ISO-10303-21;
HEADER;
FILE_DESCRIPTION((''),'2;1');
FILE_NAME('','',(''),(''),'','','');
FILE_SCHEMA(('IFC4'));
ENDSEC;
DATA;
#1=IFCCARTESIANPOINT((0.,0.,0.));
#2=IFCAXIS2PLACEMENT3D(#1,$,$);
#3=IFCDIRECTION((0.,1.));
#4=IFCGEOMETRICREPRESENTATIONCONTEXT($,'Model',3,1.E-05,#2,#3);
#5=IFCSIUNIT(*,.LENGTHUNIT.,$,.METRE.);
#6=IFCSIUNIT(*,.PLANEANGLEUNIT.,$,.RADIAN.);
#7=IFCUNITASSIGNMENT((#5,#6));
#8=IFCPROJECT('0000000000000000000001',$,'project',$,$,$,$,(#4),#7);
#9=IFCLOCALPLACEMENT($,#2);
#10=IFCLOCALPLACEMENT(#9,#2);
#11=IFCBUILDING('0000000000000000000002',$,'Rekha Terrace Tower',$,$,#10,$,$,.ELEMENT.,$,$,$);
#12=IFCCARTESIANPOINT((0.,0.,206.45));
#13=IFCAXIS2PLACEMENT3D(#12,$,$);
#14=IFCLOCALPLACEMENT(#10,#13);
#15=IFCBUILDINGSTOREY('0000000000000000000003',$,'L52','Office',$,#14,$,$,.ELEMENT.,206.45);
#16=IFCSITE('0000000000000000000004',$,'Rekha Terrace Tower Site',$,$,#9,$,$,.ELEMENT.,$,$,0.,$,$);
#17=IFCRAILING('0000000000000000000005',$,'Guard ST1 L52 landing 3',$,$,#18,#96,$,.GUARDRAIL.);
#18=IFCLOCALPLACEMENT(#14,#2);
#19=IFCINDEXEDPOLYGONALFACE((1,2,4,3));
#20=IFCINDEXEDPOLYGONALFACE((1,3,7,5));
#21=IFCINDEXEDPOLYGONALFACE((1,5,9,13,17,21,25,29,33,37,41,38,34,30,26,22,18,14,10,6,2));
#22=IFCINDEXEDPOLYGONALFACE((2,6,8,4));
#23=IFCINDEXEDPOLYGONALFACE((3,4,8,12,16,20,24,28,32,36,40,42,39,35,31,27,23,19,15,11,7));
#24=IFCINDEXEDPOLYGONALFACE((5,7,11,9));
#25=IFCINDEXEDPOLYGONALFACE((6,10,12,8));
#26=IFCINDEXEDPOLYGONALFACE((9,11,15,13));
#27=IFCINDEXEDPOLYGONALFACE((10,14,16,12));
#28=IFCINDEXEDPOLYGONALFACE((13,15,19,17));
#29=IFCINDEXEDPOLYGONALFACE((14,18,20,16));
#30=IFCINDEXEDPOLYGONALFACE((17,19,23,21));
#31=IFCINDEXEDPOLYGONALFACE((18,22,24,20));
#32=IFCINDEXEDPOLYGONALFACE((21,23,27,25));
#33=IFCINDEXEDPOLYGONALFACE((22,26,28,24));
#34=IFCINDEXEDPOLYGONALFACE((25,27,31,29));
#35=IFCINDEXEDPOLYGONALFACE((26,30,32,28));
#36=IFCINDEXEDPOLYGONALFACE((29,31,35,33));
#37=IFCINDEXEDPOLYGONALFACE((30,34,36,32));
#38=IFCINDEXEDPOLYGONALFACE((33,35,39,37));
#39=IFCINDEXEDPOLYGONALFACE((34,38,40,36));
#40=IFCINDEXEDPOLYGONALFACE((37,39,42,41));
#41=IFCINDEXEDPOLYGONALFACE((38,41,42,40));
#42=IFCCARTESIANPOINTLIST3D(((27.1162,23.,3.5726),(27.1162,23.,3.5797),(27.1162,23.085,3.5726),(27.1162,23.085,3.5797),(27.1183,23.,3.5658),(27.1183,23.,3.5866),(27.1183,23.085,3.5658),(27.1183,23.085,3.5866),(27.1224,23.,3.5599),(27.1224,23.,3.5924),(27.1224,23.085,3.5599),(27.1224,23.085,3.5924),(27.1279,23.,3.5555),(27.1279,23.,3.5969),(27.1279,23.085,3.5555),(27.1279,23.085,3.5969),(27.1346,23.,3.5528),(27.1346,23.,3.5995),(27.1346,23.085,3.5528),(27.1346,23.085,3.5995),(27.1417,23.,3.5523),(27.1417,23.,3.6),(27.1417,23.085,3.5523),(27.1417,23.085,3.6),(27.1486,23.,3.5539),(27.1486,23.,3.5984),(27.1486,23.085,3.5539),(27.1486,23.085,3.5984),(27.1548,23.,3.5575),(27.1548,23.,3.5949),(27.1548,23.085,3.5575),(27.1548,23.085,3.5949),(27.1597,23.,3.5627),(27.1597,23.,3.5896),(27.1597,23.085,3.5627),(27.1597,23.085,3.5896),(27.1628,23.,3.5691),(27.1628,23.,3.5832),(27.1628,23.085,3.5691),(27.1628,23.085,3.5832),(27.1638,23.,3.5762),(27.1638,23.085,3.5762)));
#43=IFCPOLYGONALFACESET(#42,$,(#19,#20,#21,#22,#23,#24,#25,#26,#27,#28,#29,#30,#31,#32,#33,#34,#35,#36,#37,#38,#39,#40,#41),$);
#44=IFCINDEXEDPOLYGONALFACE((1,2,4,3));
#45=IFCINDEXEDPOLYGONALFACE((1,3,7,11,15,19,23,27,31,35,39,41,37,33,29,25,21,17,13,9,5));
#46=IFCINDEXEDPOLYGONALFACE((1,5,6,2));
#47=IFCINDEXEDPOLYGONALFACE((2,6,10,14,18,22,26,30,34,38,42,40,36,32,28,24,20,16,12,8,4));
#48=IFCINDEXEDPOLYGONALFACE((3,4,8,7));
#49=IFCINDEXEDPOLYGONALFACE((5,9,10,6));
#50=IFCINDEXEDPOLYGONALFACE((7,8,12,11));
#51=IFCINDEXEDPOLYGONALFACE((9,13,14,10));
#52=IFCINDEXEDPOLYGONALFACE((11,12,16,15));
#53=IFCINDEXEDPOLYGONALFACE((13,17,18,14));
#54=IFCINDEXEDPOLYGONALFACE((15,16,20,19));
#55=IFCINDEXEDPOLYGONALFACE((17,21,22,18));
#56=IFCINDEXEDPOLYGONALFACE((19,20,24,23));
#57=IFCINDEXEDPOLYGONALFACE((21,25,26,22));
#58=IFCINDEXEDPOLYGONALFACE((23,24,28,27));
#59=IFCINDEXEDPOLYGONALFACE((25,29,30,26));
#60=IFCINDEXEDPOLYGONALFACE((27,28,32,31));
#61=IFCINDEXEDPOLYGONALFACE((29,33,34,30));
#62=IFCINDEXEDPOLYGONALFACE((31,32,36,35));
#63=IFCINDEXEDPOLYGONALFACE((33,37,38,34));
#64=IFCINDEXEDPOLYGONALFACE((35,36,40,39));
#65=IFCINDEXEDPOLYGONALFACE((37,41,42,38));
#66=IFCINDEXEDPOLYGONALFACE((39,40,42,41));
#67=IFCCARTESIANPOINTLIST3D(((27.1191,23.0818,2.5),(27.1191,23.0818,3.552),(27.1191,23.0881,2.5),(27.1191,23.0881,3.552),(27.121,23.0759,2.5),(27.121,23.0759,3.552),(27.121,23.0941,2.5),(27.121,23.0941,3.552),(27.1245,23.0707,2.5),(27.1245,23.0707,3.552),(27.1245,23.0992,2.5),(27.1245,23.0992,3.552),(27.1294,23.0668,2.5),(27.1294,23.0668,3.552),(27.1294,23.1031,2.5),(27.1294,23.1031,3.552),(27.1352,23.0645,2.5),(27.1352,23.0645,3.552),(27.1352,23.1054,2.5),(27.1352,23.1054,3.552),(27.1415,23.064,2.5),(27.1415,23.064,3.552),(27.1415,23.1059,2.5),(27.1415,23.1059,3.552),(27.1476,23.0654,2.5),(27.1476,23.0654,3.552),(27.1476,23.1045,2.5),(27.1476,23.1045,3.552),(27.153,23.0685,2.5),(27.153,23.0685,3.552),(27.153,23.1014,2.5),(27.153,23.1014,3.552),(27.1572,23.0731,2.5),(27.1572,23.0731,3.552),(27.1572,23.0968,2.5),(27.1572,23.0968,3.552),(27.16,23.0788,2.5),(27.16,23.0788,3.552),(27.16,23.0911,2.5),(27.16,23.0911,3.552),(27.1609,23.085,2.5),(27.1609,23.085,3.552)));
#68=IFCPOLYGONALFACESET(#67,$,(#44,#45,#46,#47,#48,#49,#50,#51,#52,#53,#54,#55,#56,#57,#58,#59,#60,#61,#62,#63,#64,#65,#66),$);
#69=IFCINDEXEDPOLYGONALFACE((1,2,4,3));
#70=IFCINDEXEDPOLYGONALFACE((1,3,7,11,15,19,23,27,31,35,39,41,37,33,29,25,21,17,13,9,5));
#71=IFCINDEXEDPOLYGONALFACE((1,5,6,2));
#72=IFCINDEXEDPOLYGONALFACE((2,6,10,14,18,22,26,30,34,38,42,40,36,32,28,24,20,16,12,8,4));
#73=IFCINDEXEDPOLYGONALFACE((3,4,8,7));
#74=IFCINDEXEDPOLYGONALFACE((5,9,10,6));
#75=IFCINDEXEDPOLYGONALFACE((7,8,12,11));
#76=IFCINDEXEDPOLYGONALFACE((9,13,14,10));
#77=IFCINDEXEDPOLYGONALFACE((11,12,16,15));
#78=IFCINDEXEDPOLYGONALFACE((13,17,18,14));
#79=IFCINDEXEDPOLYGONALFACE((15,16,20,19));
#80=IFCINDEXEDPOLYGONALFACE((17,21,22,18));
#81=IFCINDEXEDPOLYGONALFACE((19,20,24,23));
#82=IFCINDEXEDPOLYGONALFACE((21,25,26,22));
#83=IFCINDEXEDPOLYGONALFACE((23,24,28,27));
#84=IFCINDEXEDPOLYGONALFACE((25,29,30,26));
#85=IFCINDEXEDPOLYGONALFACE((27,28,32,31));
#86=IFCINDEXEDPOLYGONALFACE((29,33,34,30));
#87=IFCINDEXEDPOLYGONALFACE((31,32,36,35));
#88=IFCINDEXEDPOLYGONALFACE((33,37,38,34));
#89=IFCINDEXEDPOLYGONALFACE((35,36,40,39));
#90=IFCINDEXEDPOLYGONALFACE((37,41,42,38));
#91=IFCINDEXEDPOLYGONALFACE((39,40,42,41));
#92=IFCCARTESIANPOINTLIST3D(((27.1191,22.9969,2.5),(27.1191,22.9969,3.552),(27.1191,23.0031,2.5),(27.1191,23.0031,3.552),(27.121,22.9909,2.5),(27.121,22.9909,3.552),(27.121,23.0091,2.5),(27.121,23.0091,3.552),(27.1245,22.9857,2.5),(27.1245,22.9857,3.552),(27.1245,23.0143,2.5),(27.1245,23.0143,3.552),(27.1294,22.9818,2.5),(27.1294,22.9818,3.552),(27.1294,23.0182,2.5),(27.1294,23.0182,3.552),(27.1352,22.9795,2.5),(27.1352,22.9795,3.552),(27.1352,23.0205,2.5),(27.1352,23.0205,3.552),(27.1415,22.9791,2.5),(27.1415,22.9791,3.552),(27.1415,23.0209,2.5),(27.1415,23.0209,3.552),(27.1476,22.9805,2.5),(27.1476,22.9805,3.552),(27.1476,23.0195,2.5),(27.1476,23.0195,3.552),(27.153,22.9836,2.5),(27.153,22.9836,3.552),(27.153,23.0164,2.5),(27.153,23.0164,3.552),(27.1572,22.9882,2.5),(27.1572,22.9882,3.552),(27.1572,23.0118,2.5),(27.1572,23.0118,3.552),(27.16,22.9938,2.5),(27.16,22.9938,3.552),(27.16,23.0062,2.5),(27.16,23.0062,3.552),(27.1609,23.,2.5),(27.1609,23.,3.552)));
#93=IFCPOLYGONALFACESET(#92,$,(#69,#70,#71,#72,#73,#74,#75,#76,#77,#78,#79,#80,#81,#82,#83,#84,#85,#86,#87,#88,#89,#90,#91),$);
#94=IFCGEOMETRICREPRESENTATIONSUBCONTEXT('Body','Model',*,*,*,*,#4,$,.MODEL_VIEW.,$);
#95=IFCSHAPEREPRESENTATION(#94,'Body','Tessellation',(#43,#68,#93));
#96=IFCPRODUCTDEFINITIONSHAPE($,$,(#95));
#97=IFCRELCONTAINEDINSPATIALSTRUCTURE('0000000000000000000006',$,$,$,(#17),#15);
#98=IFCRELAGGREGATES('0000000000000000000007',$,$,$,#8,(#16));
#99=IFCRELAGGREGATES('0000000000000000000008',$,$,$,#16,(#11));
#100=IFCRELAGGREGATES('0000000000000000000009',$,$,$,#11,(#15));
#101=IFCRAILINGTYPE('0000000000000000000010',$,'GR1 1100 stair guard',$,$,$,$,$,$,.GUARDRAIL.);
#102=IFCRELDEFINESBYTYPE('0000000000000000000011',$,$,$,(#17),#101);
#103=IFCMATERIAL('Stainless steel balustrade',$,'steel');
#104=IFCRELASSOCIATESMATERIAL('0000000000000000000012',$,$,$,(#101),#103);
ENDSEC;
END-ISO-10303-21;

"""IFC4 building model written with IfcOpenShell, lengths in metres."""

from ifc_helpers import new_model, si_unit, direction, frame, origin, origin_2d, place, context, subcontext, project, spatial, circle, extrude, material, type_object, element, save


model = new_model("IFC4")

# Units and contexts
model_context = context("Model", 3, precision=1e-05, world=origin(), true_north=direction((0.0, 1.0)))
body_context = subcontext(model_context, "Body", "Model", "MODEL_VIEW")
ifc_project = project(units=[si_unit("LENGTHUNIT", "METRE"), si_unit("PLANEANGLEUNIT", "RADIAN")], contexts=[model_context])

# Site, building, storey
site_placement = place(None, origin())
site = spatial("IfcSite", under=ifc_project, at=site_placement, Name="Rekha Terrace Tower Site", CompositionType="ELEMENT", RefElevation=0.0)
building_placement = place(site_placement, origin())
building = spatial("IfcBuilding", under=site, at=building_placement, Name="Rekha Terrace Tower", CompositionType="ELEMENT")
storey_placement = place(building_placement, frame((0.0, 0.0, 206.45)))
storey = spatial("IfcBuildingStorey", under=building, at=storey_placement, Name="L52", Description="Office", CompositionType="ELEMENT", Elevation=206.45)

# Railing
ifc_material_1 = material(Name="Stainless steel balustrade", Category="steel")
railing_type_1 = type_object("IfcRailingType", Name="GR1 1100 stair guard", PredefinedType="GUARDRAIL", material=ifc_material_1)
railing_1_placement = place(storey_placement, frame((27.1399, 23.085, 2.5)))
element("IfcRailing", 1, at=railing_1_placement, inside=storey, type_object=railing_type_1, Name="Guard ST1 L52 landing 3", PredefinedType="GUARDRAIL", context=body_context, shape_type="SweptSolid", body=[
    extrude(circle(Radius=0.0239, at=origin_2d()), frame((0.0, 0.0, 1.0762), z_axis=(0.0, -1.0, 0.0), x_axis=(1.0, 0.0, 0.0)), (0.0, 0.0, 1.0), 0.085),
    extrude(circle(Radius=0.021, at=origin_2d()), origin(), (0.0, 0.0, 1.0), 1.052),
    extrude(circle(Radius=0.021, at=origin_2d()), frame((0.0, -0.085, 0.0)), (0.0, 0.0, 1.0), 1.052),
])

save(model, "model.ifc")
